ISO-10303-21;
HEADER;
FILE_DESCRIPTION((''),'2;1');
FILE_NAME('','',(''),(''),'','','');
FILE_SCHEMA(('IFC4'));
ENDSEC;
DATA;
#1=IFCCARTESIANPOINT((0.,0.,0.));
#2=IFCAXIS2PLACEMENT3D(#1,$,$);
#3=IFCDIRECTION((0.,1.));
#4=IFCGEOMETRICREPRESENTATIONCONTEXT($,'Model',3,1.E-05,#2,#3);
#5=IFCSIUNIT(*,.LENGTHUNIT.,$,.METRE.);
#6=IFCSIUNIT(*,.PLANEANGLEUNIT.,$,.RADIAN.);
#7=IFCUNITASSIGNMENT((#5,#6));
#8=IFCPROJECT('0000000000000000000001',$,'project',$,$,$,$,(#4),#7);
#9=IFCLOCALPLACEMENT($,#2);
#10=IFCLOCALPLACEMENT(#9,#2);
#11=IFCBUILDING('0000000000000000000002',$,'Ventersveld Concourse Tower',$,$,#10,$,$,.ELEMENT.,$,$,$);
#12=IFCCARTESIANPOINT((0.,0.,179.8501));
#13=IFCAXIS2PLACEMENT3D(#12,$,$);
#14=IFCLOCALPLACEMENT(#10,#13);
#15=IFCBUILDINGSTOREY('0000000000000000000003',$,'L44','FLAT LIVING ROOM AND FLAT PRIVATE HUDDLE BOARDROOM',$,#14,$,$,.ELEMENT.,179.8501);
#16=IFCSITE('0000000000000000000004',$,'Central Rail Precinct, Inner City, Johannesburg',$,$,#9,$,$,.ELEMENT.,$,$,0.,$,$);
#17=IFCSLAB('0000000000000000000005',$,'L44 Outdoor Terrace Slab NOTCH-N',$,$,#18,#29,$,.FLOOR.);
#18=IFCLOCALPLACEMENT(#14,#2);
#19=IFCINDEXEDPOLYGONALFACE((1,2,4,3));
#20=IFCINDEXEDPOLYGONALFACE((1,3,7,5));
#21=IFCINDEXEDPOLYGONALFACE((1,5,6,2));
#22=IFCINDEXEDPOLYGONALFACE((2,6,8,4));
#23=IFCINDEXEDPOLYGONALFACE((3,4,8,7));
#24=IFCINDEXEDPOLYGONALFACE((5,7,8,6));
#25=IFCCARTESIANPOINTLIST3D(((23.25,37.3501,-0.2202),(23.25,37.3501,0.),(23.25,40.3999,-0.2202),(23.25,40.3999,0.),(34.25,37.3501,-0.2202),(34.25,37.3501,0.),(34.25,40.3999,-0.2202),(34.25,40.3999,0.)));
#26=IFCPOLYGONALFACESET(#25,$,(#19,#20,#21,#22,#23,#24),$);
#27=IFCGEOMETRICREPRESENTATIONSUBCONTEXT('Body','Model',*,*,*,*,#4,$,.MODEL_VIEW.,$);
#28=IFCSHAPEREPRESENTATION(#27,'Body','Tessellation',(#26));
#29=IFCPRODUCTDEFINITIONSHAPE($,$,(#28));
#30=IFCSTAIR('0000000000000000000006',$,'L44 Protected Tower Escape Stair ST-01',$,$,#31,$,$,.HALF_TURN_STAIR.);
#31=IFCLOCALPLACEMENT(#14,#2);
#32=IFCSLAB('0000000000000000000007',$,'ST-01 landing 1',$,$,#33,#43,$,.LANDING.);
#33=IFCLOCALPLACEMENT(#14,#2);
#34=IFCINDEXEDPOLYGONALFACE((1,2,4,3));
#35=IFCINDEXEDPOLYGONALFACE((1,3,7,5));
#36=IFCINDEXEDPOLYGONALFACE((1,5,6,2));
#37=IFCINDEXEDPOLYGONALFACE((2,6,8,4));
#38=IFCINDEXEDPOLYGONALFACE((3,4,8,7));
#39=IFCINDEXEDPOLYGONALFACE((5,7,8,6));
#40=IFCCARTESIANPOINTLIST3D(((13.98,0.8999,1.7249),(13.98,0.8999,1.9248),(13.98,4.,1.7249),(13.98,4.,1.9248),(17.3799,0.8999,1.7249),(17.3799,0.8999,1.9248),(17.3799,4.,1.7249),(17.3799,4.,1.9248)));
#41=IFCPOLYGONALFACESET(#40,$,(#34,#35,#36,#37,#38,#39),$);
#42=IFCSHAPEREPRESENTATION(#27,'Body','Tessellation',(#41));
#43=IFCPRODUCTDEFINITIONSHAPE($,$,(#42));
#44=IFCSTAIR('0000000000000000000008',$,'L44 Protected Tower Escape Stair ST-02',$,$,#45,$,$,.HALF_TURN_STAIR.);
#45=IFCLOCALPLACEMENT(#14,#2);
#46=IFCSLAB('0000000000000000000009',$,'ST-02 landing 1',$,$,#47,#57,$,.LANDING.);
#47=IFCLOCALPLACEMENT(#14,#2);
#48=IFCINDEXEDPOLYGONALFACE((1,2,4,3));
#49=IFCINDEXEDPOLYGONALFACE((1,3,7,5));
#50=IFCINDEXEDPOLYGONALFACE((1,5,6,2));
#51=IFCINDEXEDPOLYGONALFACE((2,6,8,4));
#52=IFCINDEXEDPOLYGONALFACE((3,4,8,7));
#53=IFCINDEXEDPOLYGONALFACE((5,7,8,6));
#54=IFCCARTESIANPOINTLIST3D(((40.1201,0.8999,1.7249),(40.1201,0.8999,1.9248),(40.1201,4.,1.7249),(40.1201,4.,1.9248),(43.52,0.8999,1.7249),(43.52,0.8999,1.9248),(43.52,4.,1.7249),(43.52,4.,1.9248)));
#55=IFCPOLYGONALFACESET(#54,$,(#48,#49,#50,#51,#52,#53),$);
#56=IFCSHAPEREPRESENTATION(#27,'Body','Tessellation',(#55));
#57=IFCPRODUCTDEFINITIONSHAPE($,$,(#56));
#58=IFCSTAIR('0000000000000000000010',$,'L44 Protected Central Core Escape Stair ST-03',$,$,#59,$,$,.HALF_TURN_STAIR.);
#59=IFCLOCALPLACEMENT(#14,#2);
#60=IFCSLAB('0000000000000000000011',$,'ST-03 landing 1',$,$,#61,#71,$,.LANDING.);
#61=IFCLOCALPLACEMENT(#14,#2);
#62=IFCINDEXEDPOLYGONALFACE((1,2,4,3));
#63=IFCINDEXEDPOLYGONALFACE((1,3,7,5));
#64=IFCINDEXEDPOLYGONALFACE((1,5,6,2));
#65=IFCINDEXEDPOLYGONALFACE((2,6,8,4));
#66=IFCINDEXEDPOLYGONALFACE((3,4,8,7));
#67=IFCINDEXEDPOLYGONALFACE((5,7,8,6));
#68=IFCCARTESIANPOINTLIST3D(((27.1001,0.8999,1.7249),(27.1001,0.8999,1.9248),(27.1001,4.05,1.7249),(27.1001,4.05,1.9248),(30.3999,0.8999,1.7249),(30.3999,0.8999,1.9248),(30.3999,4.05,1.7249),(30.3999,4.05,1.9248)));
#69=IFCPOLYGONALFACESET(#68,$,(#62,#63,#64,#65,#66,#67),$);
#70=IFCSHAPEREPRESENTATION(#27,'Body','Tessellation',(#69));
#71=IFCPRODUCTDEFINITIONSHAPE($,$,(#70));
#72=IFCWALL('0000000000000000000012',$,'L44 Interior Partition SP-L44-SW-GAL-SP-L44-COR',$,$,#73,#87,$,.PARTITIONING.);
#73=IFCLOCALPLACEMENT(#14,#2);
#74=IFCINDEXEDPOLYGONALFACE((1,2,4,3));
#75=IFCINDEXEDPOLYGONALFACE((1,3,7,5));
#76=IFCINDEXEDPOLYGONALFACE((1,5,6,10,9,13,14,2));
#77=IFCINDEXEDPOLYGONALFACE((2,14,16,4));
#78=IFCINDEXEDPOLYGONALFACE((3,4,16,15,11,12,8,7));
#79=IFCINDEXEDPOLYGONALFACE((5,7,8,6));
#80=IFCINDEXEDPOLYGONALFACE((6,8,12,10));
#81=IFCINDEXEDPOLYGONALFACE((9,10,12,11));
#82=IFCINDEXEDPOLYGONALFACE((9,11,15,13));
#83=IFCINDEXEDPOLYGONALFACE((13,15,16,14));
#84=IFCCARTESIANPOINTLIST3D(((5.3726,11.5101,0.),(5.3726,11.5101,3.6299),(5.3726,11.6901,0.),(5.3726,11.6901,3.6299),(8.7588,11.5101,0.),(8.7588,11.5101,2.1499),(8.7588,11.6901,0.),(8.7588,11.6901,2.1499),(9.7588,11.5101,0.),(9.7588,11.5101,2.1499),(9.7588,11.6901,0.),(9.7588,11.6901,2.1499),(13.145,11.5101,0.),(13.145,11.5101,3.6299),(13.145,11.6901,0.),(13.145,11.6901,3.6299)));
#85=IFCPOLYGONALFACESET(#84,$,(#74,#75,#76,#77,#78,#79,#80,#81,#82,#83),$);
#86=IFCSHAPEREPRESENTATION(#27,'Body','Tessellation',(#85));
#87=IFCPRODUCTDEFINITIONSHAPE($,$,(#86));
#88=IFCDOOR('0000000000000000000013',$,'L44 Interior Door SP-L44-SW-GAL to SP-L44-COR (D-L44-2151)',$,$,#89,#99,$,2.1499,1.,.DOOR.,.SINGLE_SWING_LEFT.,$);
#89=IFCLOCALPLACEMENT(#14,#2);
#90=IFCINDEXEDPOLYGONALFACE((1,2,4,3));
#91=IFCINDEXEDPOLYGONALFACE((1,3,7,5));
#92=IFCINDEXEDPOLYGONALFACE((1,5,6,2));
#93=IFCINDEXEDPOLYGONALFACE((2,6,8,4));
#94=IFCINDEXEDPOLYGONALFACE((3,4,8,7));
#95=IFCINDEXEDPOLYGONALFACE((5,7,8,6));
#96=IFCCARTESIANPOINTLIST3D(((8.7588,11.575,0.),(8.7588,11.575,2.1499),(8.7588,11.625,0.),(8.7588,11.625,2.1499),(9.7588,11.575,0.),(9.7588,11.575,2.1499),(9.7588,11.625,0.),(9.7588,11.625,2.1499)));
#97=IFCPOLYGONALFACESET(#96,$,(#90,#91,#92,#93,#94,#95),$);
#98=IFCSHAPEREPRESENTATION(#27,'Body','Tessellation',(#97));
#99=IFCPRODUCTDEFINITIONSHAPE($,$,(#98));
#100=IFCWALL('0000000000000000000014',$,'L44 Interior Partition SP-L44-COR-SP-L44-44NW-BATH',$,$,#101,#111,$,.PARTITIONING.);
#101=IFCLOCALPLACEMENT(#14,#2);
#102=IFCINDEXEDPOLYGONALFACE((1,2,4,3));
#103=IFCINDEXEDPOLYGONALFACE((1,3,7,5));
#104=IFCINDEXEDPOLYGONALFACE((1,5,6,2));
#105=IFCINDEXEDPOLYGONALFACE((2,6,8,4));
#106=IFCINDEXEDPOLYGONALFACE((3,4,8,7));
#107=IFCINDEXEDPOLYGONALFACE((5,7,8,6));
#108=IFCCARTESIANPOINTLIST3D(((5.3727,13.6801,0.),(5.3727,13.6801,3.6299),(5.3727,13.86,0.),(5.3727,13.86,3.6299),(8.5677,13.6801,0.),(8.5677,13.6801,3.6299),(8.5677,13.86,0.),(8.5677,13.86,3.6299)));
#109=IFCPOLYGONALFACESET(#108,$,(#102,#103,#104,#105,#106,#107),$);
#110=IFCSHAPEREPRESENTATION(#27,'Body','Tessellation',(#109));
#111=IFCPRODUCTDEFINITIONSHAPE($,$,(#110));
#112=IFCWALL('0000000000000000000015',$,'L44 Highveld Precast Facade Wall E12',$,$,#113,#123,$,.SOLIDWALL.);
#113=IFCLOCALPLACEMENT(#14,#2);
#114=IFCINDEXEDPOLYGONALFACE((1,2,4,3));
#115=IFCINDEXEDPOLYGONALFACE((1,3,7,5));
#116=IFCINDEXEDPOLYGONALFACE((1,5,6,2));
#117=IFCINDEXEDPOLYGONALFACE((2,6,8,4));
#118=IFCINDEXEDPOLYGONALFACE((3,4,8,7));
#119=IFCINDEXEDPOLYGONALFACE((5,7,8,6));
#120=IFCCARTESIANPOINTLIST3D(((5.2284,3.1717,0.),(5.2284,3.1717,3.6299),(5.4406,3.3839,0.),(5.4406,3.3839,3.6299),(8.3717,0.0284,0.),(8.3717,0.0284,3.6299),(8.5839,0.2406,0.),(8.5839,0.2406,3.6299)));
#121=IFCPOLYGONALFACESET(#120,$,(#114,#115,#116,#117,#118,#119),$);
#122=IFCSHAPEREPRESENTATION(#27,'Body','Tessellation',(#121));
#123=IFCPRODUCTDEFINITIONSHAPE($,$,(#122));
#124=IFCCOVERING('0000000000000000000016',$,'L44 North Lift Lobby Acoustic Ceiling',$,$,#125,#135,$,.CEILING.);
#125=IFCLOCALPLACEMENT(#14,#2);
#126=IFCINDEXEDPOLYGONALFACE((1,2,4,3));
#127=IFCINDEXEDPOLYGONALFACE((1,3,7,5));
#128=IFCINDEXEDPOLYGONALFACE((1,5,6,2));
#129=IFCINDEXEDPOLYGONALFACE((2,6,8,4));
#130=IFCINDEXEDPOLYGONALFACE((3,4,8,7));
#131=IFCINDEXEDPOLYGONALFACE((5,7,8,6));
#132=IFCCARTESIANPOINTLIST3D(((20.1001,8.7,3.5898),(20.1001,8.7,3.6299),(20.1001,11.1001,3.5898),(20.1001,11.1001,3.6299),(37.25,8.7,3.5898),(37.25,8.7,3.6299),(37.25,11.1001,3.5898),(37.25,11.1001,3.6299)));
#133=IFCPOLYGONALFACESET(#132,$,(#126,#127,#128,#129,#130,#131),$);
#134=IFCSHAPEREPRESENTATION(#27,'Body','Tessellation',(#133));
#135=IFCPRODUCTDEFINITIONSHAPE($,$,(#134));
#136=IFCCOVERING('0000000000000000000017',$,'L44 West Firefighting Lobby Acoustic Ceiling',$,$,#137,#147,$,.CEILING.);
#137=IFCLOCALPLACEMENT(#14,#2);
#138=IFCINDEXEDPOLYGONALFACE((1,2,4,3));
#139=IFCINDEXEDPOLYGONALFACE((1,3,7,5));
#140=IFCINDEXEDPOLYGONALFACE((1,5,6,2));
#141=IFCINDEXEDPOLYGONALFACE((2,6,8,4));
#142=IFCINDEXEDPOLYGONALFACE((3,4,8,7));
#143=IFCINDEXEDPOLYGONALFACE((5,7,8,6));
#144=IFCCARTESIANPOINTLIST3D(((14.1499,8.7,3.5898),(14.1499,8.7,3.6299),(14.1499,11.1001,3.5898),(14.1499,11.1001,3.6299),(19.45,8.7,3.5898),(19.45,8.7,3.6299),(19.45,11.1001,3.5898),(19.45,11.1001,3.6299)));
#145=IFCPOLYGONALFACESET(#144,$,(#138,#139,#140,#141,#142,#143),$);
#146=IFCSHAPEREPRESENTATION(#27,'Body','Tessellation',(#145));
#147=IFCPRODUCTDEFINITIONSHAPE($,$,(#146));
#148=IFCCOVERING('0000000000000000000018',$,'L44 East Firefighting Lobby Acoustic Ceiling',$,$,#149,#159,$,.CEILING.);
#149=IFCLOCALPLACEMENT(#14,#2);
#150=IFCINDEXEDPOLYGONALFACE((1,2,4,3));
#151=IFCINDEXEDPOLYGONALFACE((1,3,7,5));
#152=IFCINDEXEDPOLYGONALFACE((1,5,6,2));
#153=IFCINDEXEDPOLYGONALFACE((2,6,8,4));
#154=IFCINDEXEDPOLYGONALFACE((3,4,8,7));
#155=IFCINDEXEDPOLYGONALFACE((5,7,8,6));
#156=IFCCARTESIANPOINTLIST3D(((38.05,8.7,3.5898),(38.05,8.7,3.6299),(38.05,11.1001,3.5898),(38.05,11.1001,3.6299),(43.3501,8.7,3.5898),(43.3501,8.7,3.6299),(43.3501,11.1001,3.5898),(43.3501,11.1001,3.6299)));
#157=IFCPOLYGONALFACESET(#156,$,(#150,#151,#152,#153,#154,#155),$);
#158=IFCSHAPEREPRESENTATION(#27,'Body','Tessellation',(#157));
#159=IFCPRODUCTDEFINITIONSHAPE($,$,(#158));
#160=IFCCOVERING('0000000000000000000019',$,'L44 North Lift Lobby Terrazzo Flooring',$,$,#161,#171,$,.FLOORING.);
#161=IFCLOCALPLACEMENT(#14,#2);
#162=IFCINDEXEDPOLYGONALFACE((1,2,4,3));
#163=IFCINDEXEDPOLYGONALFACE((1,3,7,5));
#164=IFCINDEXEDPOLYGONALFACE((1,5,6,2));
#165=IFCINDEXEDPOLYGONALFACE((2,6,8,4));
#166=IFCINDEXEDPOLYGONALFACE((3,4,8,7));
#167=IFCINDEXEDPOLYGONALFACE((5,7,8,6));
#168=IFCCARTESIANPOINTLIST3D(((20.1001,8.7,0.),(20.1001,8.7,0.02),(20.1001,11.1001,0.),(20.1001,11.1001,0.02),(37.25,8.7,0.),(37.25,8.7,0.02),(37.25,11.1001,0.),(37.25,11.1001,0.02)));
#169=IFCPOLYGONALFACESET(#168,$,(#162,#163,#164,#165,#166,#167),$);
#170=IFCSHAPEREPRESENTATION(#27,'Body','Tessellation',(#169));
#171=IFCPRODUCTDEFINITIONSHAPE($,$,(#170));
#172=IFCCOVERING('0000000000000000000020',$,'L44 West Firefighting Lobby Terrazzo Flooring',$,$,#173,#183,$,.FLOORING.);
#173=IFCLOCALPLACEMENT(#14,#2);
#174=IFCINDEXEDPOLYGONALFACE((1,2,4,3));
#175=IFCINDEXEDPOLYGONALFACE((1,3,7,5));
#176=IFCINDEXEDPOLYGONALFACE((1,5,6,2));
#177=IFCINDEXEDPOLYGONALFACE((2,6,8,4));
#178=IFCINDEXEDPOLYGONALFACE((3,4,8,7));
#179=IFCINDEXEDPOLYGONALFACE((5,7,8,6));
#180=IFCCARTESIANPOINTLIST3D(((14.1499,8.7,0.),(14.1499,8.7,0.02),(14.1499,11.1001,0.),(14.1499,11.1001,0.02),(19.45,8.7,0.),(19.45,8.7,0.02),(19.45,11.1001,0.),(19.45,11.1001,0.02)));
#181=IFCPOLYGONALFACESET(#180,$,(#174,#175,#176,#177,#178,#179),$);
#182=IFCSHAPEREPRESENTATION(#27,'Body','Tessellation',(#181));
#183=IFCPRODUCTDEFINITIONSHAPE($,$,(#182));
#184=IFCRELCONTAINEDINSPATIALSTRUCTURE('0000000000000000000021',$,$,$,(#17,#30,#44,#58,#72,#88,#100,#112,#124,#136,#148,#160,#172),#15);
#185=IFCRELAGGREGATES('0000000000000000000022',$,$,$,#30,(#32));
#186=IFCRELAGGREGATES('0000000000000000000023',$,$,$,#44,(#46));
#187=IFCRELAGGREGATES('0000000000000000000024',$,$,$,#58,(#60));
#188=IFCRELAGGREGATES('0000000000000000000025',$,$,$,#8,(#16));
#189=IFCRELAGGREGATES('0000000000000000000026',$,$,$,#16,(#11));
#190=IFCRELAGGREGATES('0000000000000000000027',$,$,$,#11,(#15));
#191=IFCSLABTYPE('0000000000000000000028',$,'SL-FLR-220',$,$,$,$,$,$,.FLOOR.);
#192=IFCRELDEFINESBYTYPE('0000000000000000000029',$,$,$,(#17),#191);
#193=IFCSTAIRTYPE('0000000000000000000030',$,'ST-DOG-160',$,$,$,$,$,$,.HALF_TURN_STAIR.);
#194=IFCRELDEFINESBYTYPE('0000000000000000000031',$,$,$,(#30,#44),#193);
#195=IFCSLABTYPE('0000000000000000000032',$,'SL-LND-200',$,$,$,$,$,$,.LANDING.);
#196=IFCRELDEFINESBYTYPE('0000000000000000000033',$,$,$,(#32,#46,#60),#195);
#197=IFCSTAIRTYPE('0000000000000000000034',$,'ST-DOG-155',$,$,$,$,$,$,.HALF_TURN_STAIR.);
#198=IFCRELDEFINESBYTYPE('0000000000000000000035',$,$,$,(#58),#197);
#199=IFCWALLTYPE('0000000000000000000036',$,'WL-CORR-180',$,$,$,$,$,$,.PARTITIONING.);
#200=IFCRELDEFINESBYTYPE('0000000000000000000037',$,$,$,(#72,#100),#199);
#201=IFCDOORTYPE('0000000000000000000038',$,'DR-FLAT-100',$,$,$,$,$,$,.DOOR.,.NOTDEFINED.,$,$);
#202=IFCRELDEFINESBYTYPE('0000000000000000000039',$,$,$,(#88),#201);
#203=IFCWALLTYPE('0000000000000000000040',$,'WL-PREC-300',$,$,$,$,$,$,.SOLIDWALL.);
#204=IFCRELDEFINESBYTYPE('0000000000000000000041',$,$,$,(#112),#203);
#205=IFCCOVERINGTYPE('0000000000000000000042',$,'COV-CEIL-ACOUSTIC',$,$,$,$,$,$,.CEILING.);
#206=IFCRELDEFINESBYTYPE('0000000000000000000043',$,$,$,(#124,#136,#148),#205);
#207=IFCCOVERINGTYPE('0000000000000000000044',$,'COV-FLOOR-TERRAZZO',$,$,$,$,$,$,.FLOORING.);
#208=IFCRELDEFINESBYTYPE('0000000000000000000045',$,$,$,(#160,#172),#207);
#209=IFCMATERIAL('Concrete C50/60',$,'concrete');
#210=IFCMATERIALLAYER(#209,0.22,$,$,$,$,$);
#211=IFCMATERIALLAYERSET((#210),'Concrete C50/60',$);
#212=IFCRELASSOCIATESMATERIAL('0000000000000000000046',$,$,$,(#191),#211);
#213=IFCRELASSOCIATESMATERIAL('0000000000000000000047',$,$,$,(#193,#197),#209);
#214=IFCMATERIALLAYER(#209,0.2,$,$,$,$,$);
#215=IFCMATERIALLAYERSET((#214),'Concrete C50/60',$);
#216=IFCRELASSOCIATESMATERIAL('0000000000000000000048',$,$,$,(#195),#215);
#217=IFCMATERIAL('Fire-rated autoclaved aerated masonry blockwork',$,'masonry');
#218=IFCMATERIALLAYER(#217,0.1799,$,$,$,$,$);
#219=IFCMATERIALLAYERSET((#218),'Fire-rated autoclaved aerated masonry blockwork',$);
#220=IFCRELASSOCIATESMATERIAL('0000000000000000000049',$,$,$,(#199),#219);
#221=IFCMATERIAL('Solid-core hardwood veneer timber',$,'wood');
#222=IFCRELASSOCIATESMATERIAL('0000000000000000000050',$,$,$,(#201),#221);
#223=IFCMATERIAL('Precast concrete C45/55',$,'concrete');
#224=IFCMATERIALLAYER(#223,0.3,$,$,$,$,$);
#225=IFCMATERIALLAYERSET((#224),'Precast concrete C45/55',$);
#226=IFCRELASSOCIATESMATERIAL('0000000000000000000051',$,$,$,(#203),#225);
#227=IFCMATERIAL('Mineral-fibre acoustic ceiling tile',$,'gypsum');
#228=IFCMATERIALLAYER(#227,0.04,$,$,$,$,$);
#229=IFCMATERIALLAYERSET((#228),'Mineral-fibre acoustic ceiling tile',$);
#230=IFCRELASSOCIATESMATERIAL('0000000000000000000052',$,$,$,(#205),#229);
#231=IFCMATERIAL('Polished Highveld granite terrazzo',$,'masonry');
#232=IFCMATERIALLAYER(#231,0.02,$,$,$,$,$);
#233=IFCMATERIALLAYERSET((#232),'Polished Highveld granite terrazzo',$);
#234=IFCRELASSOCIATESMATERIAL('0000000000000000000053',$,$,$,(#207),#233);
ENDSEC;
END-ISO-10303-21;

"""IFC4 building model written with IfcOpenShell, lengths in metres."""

from ifc_helpers import new_model, si_unit, direction, frame, frame_2d, origin, place, context, subcontext, project, spatial, polyline, rectangle, outline, extrude, material, layer, layer_set, type_object, element, fill, aggregate, save


model = new_model("IFC4")

# Units and contexts
model_context = context("Model", 3, precision=1e-05, world=origin(), true_north=direction((0.0, 1.0)))
body_context = subcontext(model_context, "Body", "Model", "MODEL_VIEW")
ifc_project = project(units=[si_unit("LENGTHUNIT", "METRE"), si_unit("PLANEANGLEUNIT", "RADIAN")], contexts=[model_context])

# Site, building, storey
site_placement = place(None, origin())
site = spatial("IfcSite", under=ifc_project, at=site_placement, Name="Central Rail Precinct, Inner City, Johannesburg", CompositionType="ELEMENT", RefElevation=0.0)
building_placement = place(site_placement, origin())
building = spatial("IfcBuilding", under=site, at=building_placement, Name="Ventersveld Concourse Tower", CompositionType="ELEMENT")
storey_placement = place(building_placement, frame((0.0, 0.0, 179.8501)))
storey = spatial("IfcBuildingStorey", under=building, at=storey_placement, Name="L44", Description="FLAT LIVING ROOM AND FLAT PRIVATE HUDDLE BOARDROOM", CompositionType="ELEMENT", Elevation=179.8501)

# Slab
ifc_material_1 = material(Name="Concrete C50/60", Category="concrete")
ifc_layer_1 = layer(ifc_material_1, 0.22)
ifc_layer_set_1 = layer_set([ifc_layer_1], Name="Concrete C50/60")
slab_type_1 = type_object("IfcSlabType", Name="SL-FLR-220", PredefinedType="FLOOR", material=ifc_layer_set_1)
slab_1_placement = place(storey_placement, frame((0.0, 0.0, -0.2202)))
element("IfcSlab", 1, at=slab_1_placement, inside=storey, type_object=slab_type_1, Name="L44 Outdoor Terrace Slab NOTCH-N", PredefinedType="FLOOR", context=body_context, shape_type="SweptSolid", body=[
    extrude(outline(polyline([(23.25, 37.3501), (34.25, 37.3501), (34.25, 40.3999), (23.25, 40.3999), (23.25, 37.3501)])), origin(), (0.0, 0.0, 1.0), 0.2202),
])

# Stairs, slabs
stair_type_1 = type_object("IfcStairType", Name="ST-DOG-160", PredefinedType="HALF_TURN_STAIR", material=ifc_material_1)
stair_1_placement = place(storey_placement, origin())
stair_1 = element("IfcStair", 2, at=stair_1_placement, inside=storey, type_object=stair_type_1, Name="L44 Protected Tower Escape Stair ST-01", PredefinedType="HALF_TURN_STAIR")
ifc_layer_2 = layer(ifc_material_1, 0.2)
ifc_layer_set_2 = layer_set([ifc_layer_2], Name="Concrete C50/60")
slab_type_2 = type_object("IfcSlabType", Name="SL-LND-200", PredefinedType="LANDING", material=ifc_layer_set_2)
slab_2_placement = place(storey_placement, frame((0.0, 0.0, 1.7249)))
slab_2 = element("IfcSlab", 3, at=slab_2_placement, type_object=slab_type_2, Name="ST-01 landing 1", PredefinedType="LANDING", context=body_context, shape_type="SweptSolid", body=[
    extrude(outline(polyline([(13.98, 4.0), (13.98, 0.8999), (17.3799, 0.8999), (17.3799, 4.0), (13.98, 4.0)])), origin(), (0.0, 0.0, 1.0), 0.2),
])
aggregate(stair_1, [slab_2])
stair_2_placement = place(storey_placement, origin())
stair_2 = element("IfcStair", 4, at=stair_2_placement, inside=storey, type_object=stair_type_1, Name="L44 Protected Tower Escape Stair ST-02", PredefinedType="HALF_TURN_STAIR")
slab_3_placement = place(storey_placement, frame((0.0, 0.0, 1.7249)))
slab_3 = element("IfcSlab", 5, at=slab_3_placement, type_object=slab_type_2, Name="ST-02 landing 1", PredefinedType="LANDING", context=body_context, shape_type="SweptSolid", body=[
    extrude(outline(polyline([(40.1201, 4.0), (40.1201, 0.8999), (43.52, 0.8999), (43.52, 4.0), (40.1201, 4.0)])), origin(), (0.0, 0.0, 1.0), 0.2),
])
aggregate(stair_2, [slab_3])
stair_type_2 = type_object("IfcStairType", Name="ST-DOG-155", PredefinedType="HALF_TURN_STAIR", material=ifc_material_1)
stair_3_placement = place(storey_placement, origin())
stair_3 = element("IfcStair", 6, at=stair_3_placement, inside=storey, type_object=stair_type_2, Name="L44 Protected Central Core Escape Stair ST-03", PredefinedType="HALF_TURN_STAIR")
slab_4_placement = place(storey_placement, frame((0.0, 0.0, 1.7249)))
slab_4 = element("IfcSlab", 7, at=slab_4_placement, type_object=slab_type_2, Name="ST-03 landing 1", PredefinedType="LANDING", context=body_context, shape_type="SweptSolid", body=[
    extrude(outline(polyline([(27.1001, 4.05), (27.1001, 0.8999), (30.3999, 0.8999), (30.3999, 4.05), (27.1001, 4.05)])), origin(), (0.0, 0.0, 1.0), 0.2),
])
aggregate(stair_3, [slab_4])

# Wall, opening, door
ifc_material_2 = material(Name="Fire-rated autoclaved aerated masonry blockwork", Category="masonry")
ifc_layer_3 = layer(ifc_material_2, 0.1799)
ifc_layer_set_3 = layer_set([ifc_layer_3], Name="Fire-rated autoclaved aerated masonry blockwork")
wall_type_1 = type_object("IfcWallType", Name="WL-CORR-180", PredefinedType="PARTITIONING", material=ifc_layer_set_3)
wall_1_placement = place(storey_placement, frame((5.3726, 11.6001, 0.0), z_axis=(0.0, 0.0, 1.0), x_axis=(1.0, 0.0, 0.0)))
wall_1 = element("IfcWall", 8, at=wall_1_placement, inside=storey, type_object=wall_type_1, Name="L44 Interior Partition SP-L44-SW-GAL-SP-L44-COR", PredefinedType="PARTITIONING", context=body_context, shape_type="SweptSolid", body=[
    extrude(rectangle(XDim=7.7725, YDim=0.1799, at=frame_2d((3.8862, 0.0))), origin(), (0.0, 0.0, 1.0), 3.6299),
])
opening_placement = place(wall_1_placement, frame((3.3862, 0.0, 0.0)))
opening = element("IfcOpeningElement", 9, at=opening_placement, cuts=wall_1, PredefinedType="OPENING", context=body_context, shape_type="SweptSolid", body=[
    extrude(rectangle(XDim=1.0, YDim=2.1499, at=frame_2d((0.5, 1.075))), frame((0.0, 0.1001, 0.0), z_axis=(0.0, -1.0, 0.0), x_axis=(1.0, 0.0, 0.0)), (0.0, 0.0, 1.0), 0.2),
])
ifc_material_3 = material(Name="Solid-core hardwood veneer timber", Category="wood")
door_type = type_object("IfcDoorType", Name="DR-FLAT-100", OperationType="NOTDEFINED", PredefinedType="DOOR", material=ifc_material_3)
door_placement = place(opening_placement, origin())
door = element("IfcDoor", 10, at=door_placement, inside=storey, type_object=door_type, Name="L44 Interior Door SP-L44-SW-GAL to SP-L44-COR (D-L44-2151)", OperationType="SINGLE_SWING_LEFT", OverallHeight=2.1499, OverallWidth=1.0, PredefinedType="DOOR", context=body_context, shape_type="SweptSolid", body=[
    extrude(rectangle(XDim=1.0, YDim=2.1499, at=frame_2d((0.5, 1.075))), frame((0.0, 0.0249, 0.0), z_axis=(0.0, -1.0, 0.0), x_axis=(1.0, 0.0, 0.0)), (0.0, 0.0, 1.0), 0.05),
])
fill(opening, door)

# Walls
wall_2_placement = place(storey_placement, frame((5.3726, 13.77, 0.0), z_axis=(0.0, 0.0, 1.0), x_axis=(1.0, 0.0, 0.0)))
element("IfcWall", 11, at=wall_2_placement, inside=storey, type_object=wall_type_1, Name="L44 Interior Partition SP-L44-COR-SP-L44-44NW-BATH", PredefinedType="PARTITIONING", context=body_context, shape_type="SweptSolid", body=[
    extrude(rectangle(XDim=3.1951, YDim=0.1799, at=frame_2d((1.5977, 0.0))), origin(), (0.0, 0.0, 1.0), 3.6299),
])
ifc_material_4 = material(Name="Precast concrete C45/55", Category="concrete")
ifc_layer_4 = layer(ifc_material_4, 0.3)
ifc_layer_set_4 = layer_set([ifc_layer_4], Name="Precast concrete C45/55")
wall_type_2 = type_object("IfcWallType", Name="WL-PREC-300", PredefinedType="SOLIDWALL", material=ifc_layer_set_4)
wall_3_placement = place(storey_placement, frame((5.3345, 3.2778, 0.0), z_axis=(0.0, 0.0, 1.0), x_axis=(0.707107, -0.707107, 0.0)))
element("IfcWall", 12, at=wall_3_placement, inside=storey, type_object=wall_type_2, Name="L44 Highveld Precast Facade Wall E12", PredefinedType="SOLIDWALL", context=body_context, shape_type="SweptSolid", body=[
    extrude(rectangle(XDim=4.4453, YDim=0.3, at=frame_2d((2.2227, 0.0))), origin(), (0.0, 0.0, 1.0), 3.6299),
])

# Coverings
ifc_material_5 = material(Name="Mineral-fibre acoustic ceiling tile", Category="gypsum")
ifc_layer_5 = layer(ifc_material_5, 0.04)
ifc_layer_set_5 = layer_set([ifc_layer_5], Name="Mineral-fibre acoustic ceiling tile")
covering_type_1 = type_object("IfcCoveringType", Name="COV-CEIL-ACOUSTIC", PredefinedType="CEILING", material=ifc_layer_set_5)
covering_1_placement = place(storey_placement, frame((0.0, 0.0, 3.5898)))
element("IfcCovering", 13, at=covering_1_placement, inside=storey, type_object=covering_type_1, Name="L44 North Lift Lobby Acoustic Ceiling", PredefinedType="CEILING", context=body_context, shape_type="SweptSolid", body=[
    extrude(outline(polyline([(20.1001, 8.7), (37.25, 8.7), (37.25, 11.1001), (20.1001, 11.1001), (20.1001, 8.7)])), origin(), (0.0, 0.0, 1.0), 0.04),
])
covering_2_placement = place(storey_placement, frame((0.0, 0.0, 3.5898)))
element("IfcCovering", 14, at=covering_2_placement, inside=storey, type_object=covering_type_1, Name="L44 West Firefighting Lobby Acoustic Ceiling", PredefinedType="CEILING", context=body_context, shape_type="SweptSolid", body=[
    extrude(outline(polyline([(14.1499, 8.7), (19.45, 8.7), (19.45, 11.1001), (14.1499, 11.1001), (14.1499, 8.7)])), origin(), (0.0, 0.0, 1.0), 0.04),
])
covering_3_placement = place(storey_placement, frame((0.0, 0.0, 3.5898)))
element("IfcCovering", 15, at=covering_3_placement, inside=storey, type_object=covering_type_1, Name="L44 East Firefighting Lobby Acoustic Ceiling", PredefinedType="CEILING", context=body_context, shape_type="SweptSolid", body=[
    extrude(outline(polyline([(38.05, 8.7), (43.3501, 8.7), (43.3501, 11.1001), (38.05, 11.1001), (38.05, 8.7)])), origin(), (0.0, 0.0, 1.0), 0.04),
])
ifc_material_6 = material(Name="Polished Highveld granite terrazzo", Category="masonry")
ifc_layer_6 = layer(ifc_material_6, 0.02)
ifc_layer_set_6 = layer_set([ifc_layer_6], Name="Polished Highveld granite terrazzo")
covering_type_2 = type_object("IfcCoveringType", Name="COV-FLOOR-TERRAZZO", PredefinedType="FLOORING", material=ifc_layer_set_6)
covering_4_placement = place(storey_placement, origin())
element("IfcCovering", 16, at=covering_4_placement, inside=storey, type_object=covering_type_2, Name="L44 North Lift Lobby Terrazzo Flooring", PredefinedType="FLOORING", context=body_context, shape_type="SweptSolid", body=[
    extrude(outline(polyline([(20.1001, 8.7), (37.25, 8.7), (37.25, 11.1001), (20.1001, 11.1001), (20.1001, 8.7)])), origin(), (0.0, 0.0, 1.0), 0.02),
])
covering_5_placement = place(storey_placement, origin())
element("IfcCovering", 17, at=covering_5_placement, inside=storey, type_object=covering_type_2, Name="L44 West Firefighting Lobby Terrazzo Flooring", PredefinedType="FLOORING", context=body_context, shape_type="SweptSolid", body=[
    extrude(outline(polyline([(14.1499, 8.7), (19.45, 8.7), (19.45, 11.1001), (14.1499, 11.1001), (14.1499, 8.7)])), origin(), (0.0, 0.0, 1.0), 0.02),
])

save(model, "model.ifc")
